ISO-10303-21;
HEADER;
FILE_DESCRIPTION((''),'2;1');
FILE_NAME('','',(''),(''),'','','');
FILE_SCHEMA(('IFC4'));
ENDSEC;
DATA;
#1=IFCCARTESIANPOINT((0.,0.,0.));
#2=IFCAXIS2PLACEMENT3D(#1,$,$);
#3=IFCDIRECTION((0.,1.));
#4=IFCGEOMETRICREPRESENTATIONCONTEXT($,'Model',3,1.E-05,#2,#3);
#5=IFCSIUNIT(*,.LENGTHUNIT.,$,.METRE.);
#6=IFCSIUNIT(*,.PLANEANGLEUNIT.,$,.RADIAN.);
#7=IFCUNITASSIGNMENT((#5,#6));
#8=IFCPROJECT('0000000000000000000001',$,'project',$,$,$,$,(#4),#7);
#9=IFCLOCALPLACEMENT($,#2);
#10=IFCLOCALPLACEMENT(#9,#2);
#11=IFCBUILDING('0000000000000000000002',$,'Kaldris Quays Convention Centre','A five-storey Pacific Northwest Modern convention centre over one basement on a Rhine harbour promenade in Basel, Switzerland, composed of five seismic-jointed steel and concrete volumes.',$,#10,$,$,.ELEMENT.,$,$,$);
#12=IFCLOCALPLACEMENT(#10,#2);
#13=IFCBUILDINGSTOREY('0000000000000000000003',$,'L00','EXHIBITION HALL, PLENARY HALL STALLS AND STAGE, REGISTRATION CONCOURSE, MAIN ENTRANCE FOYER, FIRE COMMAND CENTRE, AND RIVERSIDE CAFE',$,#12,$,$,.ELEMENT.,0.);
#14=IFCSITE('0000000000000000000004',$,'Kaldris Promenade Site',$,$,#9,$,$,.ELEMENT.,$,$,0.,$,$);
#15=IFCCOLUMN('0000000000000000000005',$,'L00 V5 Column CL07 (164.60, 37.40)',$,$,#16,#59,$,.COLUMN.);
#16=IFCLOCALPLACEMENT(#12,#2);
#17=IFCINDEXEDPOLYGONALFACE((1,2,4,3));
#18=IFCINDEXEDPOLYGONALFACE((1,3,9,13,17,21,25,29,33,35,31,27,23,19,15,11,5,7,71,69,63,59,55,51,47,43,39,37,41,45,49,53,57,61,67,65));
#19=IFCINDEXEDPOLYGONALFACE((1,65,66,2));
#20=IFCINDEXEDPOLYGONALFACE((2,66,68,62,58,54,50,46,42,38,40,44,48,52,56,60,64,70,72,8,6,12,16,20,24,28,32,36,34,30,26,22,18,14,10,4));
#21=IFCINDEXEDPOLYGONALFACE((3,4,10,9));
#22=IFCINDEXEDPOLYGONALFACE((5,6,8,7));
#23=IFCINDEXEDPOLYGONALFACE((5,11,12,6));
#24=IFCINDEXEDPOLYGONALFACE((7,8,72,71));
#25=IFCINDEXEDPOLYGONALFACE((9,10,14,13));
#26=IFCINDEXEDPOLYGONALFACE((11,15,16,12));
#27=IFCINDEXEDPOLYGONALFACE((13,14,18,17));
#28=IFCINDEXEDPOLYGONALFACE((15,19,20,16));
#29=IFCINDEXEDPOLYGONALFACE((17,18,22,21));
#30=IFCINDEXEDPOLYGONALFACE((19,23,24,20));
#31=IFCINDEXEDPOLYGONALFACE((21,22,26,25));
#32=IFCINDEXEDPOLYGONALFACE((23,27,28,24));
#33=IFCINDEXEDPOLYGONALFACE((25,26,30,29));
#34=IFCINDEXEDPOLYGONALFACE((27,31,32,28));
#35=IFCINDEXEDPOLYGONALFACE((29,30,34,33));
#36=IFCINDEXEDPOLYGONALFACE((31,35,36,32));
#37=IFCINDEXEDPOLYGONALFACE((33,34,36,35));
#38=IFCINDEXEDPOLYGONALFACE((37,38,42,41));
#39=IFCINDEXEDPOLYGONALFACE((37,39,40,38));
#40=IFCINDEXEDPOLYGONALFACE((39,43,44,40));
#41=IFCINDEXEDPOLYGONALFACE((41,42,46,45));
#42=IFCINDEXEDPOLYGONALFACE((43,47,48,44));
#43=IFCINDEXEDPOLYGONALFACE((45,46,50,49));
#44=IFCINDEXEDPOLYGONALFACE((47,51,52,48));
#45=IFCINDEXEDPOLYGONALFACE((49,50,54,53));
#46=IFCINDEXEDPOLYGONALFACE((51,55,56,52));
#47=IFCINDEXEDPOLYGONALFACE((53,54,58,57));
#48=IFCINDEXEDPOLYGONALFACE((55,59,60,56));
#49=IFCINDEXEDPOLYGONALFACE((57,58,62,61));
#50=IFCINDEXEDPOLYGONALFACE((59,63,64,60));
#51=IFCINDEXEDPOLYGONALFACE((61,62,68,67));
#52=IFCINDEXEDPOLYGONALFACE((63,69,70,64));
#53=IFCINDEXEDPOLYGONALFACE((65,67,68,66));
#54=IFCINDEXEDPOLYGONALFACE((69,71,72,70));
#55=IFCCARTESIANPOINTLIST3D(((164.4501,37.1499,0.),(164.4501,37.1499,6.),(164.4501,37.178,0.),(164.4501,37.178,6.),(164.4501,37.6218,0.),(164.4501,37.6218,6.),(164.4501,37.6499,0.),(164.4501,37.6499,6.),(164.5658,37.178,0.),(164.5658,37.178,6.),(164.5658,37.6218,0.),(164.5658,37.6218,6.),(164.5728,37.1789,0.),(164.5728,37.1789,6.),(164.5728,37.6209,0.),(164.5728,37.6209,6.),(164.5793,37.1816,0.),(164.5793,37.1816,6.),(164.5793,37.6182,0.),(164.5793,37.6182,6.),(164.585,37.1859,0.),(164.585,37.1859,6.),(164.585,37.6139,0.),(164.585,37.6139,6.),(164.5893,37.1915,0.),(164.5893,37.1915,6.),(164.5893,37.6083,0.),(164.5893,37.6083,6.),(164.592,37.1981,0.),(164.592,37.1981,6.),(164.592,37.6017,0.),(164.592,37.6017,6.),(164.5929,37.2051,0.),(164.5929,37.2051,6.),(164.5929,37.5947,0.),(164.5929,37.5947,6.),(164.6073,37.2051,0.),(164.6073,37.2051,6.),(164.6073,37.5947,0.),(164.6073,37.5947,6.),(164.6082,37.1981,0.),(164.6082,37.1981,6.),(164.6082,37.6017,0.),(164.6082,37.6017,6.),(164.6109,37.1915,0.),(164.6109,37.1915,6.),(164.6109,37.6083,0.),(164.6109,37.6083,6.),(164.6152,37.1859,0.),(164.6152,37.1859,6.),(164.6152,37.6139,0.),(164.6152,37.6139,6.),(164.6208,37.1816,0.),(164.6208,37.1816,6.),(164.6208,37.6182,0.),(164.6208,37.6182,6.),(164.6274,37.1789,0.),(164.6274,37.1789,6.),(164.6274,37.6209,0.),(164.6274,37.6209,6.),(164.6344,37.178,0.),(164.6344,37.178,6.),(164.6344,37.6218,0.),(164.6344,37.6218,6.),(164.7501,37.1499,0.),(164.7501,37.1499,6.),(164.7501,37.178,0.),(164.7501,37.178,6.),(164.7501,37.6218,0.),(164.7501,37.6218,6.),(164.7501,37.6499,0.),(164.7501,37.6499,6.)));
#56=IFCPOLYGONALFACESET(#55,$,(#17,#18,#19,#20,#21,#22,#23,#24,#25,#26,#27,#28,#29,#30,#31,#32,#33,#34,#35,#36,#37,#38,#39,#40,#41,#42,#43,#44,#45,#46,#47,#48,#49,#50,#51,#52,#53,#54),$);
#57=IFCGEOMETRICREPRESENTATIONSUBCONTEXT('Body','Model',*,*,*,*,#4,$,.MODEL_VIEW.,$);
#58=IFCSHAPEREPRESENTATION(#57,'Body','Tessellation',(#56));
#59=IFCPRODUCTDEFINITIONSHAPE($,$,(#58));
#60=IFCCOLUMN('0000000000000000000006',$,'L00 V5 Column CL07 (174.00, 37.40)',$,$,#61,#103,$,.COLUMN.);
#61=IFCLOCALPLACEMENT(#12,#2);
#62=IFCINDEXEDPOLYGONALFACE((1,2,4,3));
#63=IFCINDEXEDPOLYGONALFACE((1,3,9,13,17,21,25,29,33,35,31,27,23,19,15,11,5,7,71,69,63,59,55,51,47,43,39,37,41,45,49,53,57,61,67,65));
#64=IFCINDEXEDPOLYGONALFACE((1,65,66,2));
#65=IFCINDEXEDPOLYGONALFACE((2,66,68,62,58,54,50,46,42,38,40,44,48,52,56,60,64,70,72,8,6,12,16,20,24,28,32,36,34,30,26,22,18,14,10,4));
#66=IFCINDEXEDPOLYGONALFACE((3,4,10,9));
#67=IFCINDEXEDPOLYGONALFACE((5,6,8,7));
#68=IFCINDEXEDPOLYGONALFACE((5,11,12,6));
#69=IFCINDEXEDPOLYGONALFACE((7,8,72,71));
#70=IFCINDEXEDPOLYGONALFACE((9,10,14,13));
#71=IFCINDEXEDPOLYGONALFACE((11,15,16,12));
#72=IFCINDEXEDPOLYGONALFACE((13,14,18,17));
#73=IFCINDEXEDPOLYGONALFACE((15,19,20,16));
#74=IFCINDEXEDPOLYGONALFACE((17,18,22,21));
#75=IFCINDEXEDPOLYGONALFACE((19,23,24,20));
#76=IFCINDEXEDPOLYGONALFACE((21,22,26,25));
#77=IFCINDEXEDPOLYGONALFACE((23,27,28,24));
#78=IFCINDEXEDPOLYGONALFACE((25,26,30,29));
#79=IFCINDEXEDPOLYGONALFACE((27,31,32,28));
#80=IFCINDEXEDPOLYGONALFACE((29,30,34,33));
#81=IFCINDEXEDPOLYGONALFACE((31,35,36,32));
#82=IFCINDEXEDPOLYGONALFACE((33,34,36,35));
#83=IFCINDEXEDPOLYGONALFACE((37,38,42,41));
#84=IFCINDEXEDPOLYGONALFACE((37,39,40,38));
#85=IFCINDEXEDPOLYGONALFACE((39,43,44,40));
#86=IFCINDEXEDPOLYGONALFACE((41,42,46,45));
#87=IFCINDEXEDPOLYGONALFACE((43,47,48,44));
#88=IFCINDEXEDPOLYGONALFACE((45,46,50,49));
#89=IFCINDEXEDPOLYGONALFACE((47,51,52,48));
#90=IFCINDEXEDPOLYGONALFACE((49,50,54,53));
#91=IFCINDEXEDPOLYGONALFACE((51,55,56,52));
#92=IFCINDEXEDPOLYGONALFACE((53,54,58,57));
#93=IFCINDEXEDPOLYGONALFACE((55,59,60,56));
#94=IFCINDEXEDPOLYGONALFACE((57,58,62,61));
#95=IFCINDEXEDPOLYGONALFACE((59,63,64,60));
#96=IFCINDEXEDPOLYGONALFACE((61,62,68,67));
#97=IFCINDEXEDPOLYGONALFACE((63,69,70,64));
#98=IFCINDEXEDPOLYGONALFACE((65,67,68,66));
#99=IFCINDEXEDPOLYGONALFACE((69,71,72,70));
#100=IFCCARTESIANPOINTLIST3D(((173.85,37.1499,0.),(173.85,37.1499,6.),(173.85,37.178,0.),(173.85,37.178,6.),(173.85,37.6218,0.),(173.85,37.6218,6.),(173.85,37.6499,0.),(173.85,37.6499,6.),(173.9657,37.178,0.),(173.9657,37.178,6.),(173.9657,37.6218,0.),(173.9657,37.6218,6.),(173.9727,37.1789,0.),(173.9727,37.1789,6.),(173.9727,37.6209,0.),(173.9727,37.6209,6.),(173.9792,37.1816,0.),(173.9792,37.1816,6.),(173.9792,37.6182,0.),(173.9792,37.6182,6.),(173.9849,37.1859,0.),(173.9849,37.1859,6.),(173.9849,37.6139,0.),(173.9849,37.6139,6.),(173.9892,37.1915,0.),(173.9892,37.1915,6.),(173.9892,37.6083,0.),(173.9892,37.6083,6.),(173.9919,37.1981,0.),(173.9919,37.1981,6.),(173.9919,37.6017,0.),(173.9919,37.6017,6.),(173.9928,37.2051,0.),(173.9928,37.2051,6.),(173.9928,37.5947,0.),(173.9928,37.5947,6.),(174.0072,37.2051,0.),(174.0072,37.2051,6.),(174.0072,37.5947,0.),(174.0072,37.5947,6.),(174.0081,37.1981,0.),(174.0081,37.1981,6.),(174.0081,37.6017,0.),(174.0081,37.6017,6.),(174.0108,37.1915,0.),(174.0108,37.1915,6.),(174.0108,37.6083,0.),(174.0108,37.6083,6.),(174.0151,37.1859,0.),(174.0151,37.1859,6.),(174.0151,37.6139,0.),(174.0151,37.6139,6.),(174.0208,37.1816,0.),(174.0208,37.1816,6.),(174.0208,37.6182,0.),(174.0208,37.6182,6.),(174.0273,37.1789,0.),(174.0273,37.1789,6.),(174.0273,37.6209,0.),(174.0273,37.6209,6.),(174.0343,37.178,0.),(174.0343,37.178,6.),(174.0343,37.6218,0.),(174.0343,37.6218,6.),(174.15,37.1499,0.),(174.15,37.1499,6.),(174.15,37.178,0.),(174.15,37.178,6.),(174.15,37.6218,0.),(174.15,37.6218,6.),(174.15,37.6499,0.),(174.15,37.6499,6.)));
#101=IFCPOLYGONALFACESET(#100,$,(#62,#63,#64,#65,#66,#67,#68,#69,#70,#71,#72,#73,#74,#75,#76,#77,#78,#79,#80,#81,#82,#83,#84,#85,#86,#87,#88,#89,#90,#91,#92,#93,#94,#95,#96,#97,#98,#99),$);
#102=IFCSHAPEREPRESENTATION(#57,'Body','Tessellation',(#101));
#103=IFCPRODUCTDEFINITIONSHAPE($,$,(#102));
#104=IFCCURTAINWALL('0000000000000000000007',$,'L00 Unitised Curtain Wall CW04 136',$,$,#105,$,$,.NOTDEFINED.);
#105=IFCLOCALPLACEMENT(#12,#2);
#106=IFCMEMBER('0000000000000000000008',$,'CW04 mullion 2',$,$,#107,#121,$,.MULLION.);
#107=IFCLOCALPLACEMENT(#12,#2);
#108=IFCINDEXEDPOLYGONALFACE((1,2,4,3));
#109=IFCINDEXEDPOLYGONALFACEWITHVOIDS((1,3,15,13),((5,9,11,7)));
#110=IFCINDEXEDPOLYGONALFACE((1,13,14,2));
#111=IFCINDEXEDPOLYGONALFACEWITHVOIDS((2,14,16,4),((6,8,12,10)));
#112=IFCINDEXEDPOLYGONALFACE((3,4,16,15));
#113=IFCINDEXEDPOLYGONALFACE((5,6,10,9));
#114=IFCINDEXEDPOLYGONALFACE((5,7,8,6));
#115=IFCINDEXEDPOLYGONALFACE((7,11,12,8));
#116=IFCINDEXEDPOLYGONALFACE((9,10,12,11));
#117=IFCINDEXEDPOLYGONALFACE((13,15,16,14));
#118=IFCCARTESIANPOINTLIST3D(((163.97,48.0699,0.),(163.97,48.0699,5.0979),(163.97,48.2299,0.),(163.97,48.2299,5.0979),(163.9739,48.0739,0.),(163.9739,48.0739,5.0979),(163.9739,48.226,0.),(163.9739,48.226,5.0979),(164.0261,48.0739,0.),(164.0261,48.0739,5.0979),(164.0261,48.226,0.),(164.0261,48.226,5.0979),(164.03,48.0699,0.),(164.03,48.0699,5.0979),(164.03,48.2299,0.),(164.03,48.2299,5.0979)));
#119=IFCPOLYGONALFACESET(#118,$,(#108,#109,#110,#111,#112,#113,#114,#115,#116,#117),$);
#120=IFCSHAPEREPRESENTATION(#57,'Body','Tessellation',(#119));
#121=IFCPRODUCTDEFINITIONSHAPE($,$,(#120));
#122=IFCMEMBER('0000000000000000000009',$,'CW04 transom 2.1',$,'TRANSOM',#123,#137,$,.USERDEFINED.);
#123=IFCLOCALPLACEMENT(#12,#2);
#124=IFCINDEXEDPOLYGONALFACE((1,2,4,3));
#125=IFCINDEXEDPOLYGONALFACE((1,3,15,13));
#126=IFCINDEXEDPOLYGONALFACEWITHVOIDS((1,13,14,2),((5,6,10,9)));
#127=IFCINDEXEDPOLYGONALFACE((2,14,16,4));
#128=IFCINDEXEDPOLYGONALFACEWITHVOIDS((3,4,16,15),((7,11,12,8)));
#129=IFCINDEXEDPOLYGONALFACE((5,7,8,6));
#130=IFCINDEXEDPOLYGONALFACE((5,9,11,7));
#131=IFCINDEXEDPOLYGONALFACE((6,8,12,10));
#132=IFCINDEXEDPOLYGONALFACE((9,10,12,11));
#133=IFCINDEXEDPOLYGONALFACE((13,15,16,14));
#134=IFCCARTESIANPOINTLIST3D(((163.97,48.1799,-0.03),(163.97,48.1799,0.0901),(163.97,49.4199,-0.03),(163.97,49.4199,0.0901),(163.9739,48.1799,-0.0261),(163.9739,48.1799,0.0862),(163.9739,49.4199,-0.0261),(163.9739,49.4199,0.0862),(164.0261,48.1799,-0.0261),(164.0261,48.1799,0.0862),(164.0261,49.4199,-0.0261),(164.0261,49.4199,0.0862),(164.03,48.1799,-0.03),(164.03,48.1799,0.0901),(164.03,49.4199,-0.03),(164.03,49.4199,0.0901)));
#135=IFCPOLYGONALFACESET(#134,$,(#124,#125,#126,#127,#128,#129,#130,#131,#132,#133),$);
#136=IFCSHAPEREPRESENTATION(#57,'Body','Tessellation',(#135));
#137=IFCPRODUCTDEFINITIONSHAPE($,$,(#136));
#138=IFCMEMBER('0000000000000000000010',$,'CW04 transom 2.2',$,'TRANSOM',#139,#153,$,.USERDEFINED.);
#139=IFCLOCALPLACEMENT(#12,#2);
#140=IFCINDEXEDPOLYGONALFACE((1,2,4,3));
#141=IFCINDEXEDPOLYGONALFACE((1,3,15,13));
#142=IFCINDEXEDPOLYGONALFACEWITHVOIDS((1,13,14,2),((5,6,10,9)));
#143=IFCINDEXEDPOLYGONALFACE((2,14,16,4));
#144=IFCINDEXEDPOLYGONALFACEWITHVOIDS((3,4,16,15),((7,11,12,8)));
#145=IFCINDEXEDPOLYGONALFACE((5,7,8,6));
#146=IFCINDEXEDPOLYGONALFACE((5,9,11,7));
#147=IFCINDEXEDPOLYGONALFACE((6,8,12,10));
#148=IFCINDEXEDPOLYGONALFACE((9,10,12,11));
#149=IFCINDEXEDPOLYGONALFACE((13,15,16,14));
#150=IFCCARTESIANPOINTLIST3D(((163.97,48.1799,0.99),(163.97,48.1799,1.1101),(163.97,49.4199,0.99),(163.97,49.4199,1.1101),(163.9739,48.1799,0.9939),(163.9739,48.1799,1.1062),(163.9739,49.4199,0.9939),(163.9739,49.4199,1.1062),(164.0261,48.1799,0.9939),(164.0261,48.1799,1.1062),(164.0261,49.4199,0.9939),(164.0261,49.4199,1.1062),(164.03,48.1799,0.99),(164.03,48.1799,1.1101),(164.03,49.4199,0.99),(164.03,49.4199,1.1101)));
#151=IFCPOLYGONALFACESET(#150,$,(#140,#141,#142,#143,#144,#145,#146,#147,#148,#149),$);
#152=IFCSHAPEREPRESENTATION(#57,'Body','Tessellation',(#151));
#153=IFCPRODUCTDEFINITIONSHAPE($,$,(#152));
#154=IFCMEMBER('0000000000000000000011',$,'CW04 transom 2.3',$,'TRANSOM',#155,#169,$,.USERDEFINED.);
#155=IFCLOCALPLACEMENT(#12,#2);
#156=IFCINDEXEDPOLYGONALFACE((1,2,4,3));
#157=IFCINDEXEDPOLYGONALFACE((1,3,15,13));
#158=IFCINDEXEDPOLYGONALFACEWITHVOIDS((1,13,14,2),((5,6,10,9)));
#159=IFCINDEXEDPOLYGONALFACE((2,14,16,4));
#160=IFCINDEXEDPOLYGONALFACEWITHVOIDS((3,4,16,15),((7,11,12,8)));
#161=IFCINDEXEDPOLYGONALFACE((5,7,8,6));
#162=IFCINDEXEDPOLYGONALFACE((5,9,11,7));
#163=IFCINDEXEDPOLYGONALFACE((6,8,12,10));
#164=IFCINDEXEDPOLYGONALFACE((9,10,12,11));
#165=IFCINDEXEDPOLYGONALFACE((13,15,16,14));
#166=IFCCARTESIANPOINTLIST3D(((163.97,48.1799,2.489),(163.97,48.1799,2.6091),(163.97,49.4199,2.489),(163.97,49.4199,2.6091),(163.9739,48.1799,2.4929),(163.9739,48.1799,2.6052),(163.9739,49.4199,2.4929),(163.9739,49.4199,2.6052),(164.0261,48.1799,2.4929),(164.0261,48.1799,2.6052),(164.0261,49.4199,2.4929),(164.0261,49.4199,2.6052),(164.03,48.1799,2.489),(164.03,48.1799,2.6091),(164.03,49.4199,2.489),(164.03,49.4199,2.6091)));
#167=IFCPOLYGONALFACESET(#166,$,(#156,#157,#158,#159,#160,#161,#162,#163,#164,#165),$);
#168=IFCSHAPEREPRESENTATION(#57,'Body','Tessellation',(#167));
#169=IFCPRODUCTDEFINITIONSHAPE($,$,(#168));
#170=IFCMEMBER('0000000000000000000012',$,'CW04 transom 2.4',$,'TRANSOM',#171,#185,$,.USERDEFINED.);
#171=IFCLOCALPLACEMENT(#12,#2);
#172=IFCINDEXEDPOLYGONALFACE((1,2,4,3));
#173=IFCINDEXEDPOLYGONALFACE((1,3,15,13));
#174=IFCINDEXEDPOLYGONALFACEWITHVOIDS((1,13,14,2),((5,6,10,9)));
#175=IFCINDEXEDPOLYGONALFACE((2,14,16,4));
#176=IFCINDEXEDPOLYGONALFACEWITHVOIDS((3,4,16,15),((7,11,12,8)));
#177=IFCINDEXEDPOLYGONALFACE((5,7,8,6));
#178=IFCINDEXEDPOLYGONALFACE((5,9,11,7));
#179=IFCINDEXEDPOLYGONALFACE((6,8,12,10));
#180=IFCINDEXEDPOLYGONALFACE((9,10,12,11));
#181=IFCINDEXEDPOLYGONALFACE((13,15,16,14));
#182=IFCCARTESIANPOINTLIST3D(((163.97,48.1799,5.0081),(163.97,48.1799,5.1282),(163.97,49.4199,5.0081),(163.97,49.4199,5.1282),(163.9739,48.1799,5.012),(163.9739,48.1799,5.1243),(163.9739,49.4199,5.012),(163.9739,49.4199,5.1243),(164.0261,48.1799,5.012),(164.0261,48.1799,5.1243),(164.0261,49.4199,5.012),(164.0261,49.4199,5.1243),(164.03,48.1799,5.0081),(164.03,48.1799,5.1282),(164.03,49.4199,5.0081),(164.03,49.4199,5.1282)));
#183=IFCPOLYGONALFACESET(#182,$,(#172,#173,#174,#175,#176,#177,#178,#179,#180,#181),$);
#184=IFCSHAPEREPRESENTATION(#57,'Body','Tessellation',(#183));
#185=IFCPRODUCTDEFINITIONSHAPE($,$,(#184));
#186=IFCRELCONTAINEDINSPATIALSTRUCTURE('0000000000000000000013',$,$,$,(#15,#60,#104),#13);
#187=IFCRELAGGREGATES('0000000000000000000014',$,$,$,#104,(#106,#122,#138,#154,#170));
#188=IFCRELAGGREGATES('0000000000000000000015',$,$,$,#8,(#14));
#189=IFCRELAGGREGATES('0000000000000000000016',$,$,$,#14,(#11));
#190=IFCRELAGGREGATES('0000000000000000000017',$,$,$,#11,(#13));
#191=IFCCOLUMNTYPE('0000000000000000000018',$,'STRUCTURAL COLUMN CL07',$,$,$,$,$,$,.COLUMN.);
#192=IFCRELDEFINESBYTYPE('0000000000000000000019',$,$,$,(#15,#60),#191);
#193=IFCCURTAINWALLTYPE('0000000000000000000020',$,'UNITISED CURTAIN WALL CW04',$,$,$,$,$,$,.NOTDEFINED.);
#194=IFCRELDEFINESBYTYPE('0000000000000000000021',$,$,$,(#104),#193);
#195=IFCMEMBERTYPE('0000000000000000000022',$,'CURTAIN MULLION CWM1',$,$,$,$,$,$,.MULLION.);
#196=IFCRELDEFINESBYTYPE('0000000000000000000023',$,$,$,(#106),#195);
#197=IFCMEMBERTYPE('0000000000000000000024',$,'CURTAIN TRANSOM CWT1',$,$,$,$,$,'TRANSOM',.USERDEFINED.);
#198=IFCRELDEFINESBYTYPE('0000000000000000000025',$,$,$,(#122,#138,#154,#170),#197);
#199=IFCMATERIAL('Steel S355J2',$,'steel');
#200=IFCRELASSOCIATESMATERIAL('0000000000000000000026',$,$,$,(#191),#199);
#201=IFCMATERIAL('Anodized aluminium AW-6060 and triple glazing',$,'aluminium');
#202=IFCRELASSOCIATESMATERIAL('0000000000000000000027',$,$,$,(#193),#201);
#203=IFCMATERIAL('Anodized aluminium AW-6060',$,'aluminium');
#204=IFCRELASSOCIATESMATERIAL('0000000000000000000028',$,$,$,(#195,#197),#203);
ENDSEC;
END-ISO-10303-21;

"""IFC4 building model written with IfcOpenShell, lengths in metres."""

from ifc_helpers import new_model, si_unit, direction, frame, origin, origin_2d, place, context, subcontext, project, spatial, hollow_rectangle, i_section, extrude, material, material_profile, profile_set, type_object, element, aggregate, save


model = new_model("IFC4")

# Units and contexts
model_context = context("Model", 3, precision=1e-05, world=origin(), true_north=direction((0.0, 1.0)))
body_context = subcontext(model_context, "Body", "Model", "MODEL_VIEW")
ifc_project = project(units=[si_unit("LENGTHUNIT", "METRE"), si_unit("PLANEANGLEUNIT", "RADIAN")], contexts=[model_context])

# Site, building, storey
site_placement = place(None, origin())
site = spatial("IfcSite", under=ifc_project, at=site_placement, Name="Kaldris Promenade Site", CompositionType="ELEMENT", RefElevation=0.0)
building_placement = place(site_placement, origin())
building = spatial("IfcBuilding", under=site, at=building_placement, Name="Kaldris Quays Convention Centre", Description="A five-storey Pacific Northwest Modern convention centre over one basement on a Rhine harbour promenade in Basel, Switzerland, composed of five seismic-jointed steel and concrete volumes.", CompositionType="ELEMENT")
storey_placement = place(building_placement, origin())
storey = spatial("IfcBuildingStorey", under=building, at=storey_placement, Name="L00", Description="EXHIBITION HALL, PLENARY HALL STALLS AND STAGE, REGISTRATION CONCOURSE, MAIN ENTRANCE FOYER, FIRE COMMAND CENTRE, AND RIVERSIDE CAFE", CompositionType="ELEMENT", Elevation=0.0)

# Columns
ifc_material_1 = material(Name="Steel S355J2", Category="steel")
ifc_material_profile_1 = material_profile(ifc_material_1, i_section(OverallWidth=0.3, OverallDepth=0.5, WebThickness=0.0144, FlangeThickness=0.0281, FilletRadius=0.0271, at=origin_2d()), Name="HEB 500")
ifc_profile_set_1 = profile_set([ifc_material_profile_1], Name="Steel S355J2")
column_type = type_object("IfcColumnType", Name="STRUCTURAL COLUMN CL07", PredefinedType="COLUMN", material=ifc_profile_set_1)
for number, where, z_axis, x_axis, name in (
    (1, (164.6001, 37.3999, 0.0), (0.0, 0.0, 1.0), (1.0, 0.0, 0.0), "L00 V5 Column CL07 (164.60, 37.40)"),
    (2, (174.0, 37.3999, 0.0), (0.0, 0.0, 1.0), (1.0, 0.0, 0.0), "L00 V5 Column CL07 (174.00, 37.40)"),
):
    element("IfcColumn", number, at=place(storey_placement, frame(where, z_axis=z_axis, x_axis=x_axis)), inside=storey, type_object=column_type, Name=name, PredefinedType="COLUMN", context=body_context, shape_type="SweptSolid", body=[
        extrude(i_section(OverallWidth=0.3, OverallDepth=0.5, WebThickness=0.0144, FlangeThickness=0.0281, FilletRadius=0.0271, at=origin_2d()), origin(), (0.0, 0.0, 1.0), 6.0),
    ])

# Curtain wall, members
ifc_material_2 = material(Name="Anodized aluminium AW-6060 and triple glazing", Category="aluminium")
curtain_wall_type = type_object("IfcCurtainWallType", Name="UNITISED CURTAIN WALL CW04", PredefinedType="NOTDEFINED", material=ifc_material_2)
curtain_wall_placement = place(storey_placement, origin())
curtain_wall = element("IfcCurtainWall", 3, at=curtain_wall_placement, inside=storey, type_object=curtain_wall_type, Name="L00 Unitised Curtain Wall CW04 136", PredefinedType="NOTDEFINED")
ifc_material_3 = material(Name="Anodized aluminium AW-6060", Category="aluminium")
ifc_material_profile_2 = material_profile(ifc_material_3, hollow_rectangle(XDim=0.0601, YDim=0.1599, WallThickness=0.0039, at=origin_2d()), Name="RHS 160x60x4")
ifc_profile_set_2 = profile_set([ifc_material_profile_2], Name="Anodized aluminium AW-6060")
member_type_1 = type_object("IfcMemberType", Name="CURTAIN MULLION CWM1", PredefinedType="MULLION", material=ifc_profile_set_2)
member_1_placement = place(storey_placement, frame((164.0, 48.1499, 0.0), z_axis=(0.0, 0.0, 1.0), x_axis=(-1.0, 0.0, 0.0)))
member_1 = element("IfcMember", 4, at=member_1_placement, type_object=member_type_1, Name="CW04 mullion 2", PredefinedType="MULLION", context=body_context, shape_type="SweptSolid", body=[
    extrude(hollow_rectangle(XDim=0.0601, YDim=0.1599, WallThickness=0.0039, at=origin_2d()), origin(), (0.0, 0.0, 1.0), 5.0979),
])
ifc_material_profile_3 = material_profile(ifc_material_3, hollow_rectangle(XDim=0.0601, YDim=0.1201, WallThickness=0.0039, at=origin_2d()), Name="RHS 120x60x4")
ifc_profile_set_3 = profile_set([ifc_material_profile_3], Name="Anodized aluminium AW-6060")
member_type_2 = type_object("IfcMemberType", Name="CURTAIN TRANSOM CWT1", ElementType="TRANSOM", PredefinedType="USERDEFINED", material=ifc_profile_set_3)
member_2_placement = place(storey_placement, frame((164.0, 48.1799, 0.03), z_axis=(0.0, 1.0, 0.0), x_axis=(-1.0, 0.0, 0.0)))
member_2 = element("IfcMember", 5, at=member_2_placement, type_object=member_type_2, Name="CW04 transom 2.1", ObjectType="TRANSOM", PredefinedType="USERDEFINED", context=body_context, shape_type="SweptSolid", body=[
    extrude(hollow_rectangle(XDim=0.0601, YDim=0.1201, WallThickness=0.0039, at=origin_2d()), origin(), (0.0, 0.0, 1.0), 1.24),
])
member_3_placement = place(storey_placement, frame((164.0, 48.1799, 1.05), z_axis=(0.0, 1.0, 0.0), x_axis=(-1.0, 0.0, 0.0)))
member_3 = element("IfcMember", 6, at=member_3_placement, type_object=member_type_2, Name="CW04 transom 2.2", ObjectType="TRANSOM", PredefinedType="USERDEFINED", context=body_context, shape_type="SweptSolid", body=[
    extrude(hollow_rectangle(XDim=0.0601, YDim=0.1201, WallThickness=0.0039, at=origin_2d()), origin(), (0.0, 0.0, 1.0), 1.24),
])
member_4_placement = place(storey_placement, frame((164.0, 48.1799, 2.5491), z_axis=(0.0, 1.0, 0.0), x_axis=(-1.0, 0.0, 0.0)))
member_4 = element("IfcMember", 7, at=member_4_placement, type_object=member_type_2, Name="CW04 transom 2.3", ObjectType="TRANSOM", PredefinedType="USERDEFINED", context=body_context, shape_type="SweptSolid", body=[
    extrude(hollow_rectangle(XDim=0.0601, YDim=0.1201, WallThickness=0.0039, at=origin_2d()), origin(), (0.0, 0.0, 1.0), 1.24),
])
member_5_placement = place(storey_placement, frame((164.0, 48.1799, 5.0681), z_axis=(0.0, 1.0, 0.0), x_axis=(-1.0, 0.0, 0.0)))
member_5 = element("IfcMember", 8, at=member_5_placement, type_object=member_type_2, Name="CW04 transom 2.4", ObjectType="TRANSOM", PredefinedType="USERDEFINED", context=body_context, shape_type="SweptSolid", body=[
    extrude(hollow_rectangle(XDim=0.0601, YDim=0.1201, WallThickness=0.0039, at=origin_2d()), origin(), (0.0, 0.0, 1.0), 1.24),
])

aggregate(curtain_wall, [member_1, member_2, member_3, member_4, member_5])

save(model, "model.ifc")
